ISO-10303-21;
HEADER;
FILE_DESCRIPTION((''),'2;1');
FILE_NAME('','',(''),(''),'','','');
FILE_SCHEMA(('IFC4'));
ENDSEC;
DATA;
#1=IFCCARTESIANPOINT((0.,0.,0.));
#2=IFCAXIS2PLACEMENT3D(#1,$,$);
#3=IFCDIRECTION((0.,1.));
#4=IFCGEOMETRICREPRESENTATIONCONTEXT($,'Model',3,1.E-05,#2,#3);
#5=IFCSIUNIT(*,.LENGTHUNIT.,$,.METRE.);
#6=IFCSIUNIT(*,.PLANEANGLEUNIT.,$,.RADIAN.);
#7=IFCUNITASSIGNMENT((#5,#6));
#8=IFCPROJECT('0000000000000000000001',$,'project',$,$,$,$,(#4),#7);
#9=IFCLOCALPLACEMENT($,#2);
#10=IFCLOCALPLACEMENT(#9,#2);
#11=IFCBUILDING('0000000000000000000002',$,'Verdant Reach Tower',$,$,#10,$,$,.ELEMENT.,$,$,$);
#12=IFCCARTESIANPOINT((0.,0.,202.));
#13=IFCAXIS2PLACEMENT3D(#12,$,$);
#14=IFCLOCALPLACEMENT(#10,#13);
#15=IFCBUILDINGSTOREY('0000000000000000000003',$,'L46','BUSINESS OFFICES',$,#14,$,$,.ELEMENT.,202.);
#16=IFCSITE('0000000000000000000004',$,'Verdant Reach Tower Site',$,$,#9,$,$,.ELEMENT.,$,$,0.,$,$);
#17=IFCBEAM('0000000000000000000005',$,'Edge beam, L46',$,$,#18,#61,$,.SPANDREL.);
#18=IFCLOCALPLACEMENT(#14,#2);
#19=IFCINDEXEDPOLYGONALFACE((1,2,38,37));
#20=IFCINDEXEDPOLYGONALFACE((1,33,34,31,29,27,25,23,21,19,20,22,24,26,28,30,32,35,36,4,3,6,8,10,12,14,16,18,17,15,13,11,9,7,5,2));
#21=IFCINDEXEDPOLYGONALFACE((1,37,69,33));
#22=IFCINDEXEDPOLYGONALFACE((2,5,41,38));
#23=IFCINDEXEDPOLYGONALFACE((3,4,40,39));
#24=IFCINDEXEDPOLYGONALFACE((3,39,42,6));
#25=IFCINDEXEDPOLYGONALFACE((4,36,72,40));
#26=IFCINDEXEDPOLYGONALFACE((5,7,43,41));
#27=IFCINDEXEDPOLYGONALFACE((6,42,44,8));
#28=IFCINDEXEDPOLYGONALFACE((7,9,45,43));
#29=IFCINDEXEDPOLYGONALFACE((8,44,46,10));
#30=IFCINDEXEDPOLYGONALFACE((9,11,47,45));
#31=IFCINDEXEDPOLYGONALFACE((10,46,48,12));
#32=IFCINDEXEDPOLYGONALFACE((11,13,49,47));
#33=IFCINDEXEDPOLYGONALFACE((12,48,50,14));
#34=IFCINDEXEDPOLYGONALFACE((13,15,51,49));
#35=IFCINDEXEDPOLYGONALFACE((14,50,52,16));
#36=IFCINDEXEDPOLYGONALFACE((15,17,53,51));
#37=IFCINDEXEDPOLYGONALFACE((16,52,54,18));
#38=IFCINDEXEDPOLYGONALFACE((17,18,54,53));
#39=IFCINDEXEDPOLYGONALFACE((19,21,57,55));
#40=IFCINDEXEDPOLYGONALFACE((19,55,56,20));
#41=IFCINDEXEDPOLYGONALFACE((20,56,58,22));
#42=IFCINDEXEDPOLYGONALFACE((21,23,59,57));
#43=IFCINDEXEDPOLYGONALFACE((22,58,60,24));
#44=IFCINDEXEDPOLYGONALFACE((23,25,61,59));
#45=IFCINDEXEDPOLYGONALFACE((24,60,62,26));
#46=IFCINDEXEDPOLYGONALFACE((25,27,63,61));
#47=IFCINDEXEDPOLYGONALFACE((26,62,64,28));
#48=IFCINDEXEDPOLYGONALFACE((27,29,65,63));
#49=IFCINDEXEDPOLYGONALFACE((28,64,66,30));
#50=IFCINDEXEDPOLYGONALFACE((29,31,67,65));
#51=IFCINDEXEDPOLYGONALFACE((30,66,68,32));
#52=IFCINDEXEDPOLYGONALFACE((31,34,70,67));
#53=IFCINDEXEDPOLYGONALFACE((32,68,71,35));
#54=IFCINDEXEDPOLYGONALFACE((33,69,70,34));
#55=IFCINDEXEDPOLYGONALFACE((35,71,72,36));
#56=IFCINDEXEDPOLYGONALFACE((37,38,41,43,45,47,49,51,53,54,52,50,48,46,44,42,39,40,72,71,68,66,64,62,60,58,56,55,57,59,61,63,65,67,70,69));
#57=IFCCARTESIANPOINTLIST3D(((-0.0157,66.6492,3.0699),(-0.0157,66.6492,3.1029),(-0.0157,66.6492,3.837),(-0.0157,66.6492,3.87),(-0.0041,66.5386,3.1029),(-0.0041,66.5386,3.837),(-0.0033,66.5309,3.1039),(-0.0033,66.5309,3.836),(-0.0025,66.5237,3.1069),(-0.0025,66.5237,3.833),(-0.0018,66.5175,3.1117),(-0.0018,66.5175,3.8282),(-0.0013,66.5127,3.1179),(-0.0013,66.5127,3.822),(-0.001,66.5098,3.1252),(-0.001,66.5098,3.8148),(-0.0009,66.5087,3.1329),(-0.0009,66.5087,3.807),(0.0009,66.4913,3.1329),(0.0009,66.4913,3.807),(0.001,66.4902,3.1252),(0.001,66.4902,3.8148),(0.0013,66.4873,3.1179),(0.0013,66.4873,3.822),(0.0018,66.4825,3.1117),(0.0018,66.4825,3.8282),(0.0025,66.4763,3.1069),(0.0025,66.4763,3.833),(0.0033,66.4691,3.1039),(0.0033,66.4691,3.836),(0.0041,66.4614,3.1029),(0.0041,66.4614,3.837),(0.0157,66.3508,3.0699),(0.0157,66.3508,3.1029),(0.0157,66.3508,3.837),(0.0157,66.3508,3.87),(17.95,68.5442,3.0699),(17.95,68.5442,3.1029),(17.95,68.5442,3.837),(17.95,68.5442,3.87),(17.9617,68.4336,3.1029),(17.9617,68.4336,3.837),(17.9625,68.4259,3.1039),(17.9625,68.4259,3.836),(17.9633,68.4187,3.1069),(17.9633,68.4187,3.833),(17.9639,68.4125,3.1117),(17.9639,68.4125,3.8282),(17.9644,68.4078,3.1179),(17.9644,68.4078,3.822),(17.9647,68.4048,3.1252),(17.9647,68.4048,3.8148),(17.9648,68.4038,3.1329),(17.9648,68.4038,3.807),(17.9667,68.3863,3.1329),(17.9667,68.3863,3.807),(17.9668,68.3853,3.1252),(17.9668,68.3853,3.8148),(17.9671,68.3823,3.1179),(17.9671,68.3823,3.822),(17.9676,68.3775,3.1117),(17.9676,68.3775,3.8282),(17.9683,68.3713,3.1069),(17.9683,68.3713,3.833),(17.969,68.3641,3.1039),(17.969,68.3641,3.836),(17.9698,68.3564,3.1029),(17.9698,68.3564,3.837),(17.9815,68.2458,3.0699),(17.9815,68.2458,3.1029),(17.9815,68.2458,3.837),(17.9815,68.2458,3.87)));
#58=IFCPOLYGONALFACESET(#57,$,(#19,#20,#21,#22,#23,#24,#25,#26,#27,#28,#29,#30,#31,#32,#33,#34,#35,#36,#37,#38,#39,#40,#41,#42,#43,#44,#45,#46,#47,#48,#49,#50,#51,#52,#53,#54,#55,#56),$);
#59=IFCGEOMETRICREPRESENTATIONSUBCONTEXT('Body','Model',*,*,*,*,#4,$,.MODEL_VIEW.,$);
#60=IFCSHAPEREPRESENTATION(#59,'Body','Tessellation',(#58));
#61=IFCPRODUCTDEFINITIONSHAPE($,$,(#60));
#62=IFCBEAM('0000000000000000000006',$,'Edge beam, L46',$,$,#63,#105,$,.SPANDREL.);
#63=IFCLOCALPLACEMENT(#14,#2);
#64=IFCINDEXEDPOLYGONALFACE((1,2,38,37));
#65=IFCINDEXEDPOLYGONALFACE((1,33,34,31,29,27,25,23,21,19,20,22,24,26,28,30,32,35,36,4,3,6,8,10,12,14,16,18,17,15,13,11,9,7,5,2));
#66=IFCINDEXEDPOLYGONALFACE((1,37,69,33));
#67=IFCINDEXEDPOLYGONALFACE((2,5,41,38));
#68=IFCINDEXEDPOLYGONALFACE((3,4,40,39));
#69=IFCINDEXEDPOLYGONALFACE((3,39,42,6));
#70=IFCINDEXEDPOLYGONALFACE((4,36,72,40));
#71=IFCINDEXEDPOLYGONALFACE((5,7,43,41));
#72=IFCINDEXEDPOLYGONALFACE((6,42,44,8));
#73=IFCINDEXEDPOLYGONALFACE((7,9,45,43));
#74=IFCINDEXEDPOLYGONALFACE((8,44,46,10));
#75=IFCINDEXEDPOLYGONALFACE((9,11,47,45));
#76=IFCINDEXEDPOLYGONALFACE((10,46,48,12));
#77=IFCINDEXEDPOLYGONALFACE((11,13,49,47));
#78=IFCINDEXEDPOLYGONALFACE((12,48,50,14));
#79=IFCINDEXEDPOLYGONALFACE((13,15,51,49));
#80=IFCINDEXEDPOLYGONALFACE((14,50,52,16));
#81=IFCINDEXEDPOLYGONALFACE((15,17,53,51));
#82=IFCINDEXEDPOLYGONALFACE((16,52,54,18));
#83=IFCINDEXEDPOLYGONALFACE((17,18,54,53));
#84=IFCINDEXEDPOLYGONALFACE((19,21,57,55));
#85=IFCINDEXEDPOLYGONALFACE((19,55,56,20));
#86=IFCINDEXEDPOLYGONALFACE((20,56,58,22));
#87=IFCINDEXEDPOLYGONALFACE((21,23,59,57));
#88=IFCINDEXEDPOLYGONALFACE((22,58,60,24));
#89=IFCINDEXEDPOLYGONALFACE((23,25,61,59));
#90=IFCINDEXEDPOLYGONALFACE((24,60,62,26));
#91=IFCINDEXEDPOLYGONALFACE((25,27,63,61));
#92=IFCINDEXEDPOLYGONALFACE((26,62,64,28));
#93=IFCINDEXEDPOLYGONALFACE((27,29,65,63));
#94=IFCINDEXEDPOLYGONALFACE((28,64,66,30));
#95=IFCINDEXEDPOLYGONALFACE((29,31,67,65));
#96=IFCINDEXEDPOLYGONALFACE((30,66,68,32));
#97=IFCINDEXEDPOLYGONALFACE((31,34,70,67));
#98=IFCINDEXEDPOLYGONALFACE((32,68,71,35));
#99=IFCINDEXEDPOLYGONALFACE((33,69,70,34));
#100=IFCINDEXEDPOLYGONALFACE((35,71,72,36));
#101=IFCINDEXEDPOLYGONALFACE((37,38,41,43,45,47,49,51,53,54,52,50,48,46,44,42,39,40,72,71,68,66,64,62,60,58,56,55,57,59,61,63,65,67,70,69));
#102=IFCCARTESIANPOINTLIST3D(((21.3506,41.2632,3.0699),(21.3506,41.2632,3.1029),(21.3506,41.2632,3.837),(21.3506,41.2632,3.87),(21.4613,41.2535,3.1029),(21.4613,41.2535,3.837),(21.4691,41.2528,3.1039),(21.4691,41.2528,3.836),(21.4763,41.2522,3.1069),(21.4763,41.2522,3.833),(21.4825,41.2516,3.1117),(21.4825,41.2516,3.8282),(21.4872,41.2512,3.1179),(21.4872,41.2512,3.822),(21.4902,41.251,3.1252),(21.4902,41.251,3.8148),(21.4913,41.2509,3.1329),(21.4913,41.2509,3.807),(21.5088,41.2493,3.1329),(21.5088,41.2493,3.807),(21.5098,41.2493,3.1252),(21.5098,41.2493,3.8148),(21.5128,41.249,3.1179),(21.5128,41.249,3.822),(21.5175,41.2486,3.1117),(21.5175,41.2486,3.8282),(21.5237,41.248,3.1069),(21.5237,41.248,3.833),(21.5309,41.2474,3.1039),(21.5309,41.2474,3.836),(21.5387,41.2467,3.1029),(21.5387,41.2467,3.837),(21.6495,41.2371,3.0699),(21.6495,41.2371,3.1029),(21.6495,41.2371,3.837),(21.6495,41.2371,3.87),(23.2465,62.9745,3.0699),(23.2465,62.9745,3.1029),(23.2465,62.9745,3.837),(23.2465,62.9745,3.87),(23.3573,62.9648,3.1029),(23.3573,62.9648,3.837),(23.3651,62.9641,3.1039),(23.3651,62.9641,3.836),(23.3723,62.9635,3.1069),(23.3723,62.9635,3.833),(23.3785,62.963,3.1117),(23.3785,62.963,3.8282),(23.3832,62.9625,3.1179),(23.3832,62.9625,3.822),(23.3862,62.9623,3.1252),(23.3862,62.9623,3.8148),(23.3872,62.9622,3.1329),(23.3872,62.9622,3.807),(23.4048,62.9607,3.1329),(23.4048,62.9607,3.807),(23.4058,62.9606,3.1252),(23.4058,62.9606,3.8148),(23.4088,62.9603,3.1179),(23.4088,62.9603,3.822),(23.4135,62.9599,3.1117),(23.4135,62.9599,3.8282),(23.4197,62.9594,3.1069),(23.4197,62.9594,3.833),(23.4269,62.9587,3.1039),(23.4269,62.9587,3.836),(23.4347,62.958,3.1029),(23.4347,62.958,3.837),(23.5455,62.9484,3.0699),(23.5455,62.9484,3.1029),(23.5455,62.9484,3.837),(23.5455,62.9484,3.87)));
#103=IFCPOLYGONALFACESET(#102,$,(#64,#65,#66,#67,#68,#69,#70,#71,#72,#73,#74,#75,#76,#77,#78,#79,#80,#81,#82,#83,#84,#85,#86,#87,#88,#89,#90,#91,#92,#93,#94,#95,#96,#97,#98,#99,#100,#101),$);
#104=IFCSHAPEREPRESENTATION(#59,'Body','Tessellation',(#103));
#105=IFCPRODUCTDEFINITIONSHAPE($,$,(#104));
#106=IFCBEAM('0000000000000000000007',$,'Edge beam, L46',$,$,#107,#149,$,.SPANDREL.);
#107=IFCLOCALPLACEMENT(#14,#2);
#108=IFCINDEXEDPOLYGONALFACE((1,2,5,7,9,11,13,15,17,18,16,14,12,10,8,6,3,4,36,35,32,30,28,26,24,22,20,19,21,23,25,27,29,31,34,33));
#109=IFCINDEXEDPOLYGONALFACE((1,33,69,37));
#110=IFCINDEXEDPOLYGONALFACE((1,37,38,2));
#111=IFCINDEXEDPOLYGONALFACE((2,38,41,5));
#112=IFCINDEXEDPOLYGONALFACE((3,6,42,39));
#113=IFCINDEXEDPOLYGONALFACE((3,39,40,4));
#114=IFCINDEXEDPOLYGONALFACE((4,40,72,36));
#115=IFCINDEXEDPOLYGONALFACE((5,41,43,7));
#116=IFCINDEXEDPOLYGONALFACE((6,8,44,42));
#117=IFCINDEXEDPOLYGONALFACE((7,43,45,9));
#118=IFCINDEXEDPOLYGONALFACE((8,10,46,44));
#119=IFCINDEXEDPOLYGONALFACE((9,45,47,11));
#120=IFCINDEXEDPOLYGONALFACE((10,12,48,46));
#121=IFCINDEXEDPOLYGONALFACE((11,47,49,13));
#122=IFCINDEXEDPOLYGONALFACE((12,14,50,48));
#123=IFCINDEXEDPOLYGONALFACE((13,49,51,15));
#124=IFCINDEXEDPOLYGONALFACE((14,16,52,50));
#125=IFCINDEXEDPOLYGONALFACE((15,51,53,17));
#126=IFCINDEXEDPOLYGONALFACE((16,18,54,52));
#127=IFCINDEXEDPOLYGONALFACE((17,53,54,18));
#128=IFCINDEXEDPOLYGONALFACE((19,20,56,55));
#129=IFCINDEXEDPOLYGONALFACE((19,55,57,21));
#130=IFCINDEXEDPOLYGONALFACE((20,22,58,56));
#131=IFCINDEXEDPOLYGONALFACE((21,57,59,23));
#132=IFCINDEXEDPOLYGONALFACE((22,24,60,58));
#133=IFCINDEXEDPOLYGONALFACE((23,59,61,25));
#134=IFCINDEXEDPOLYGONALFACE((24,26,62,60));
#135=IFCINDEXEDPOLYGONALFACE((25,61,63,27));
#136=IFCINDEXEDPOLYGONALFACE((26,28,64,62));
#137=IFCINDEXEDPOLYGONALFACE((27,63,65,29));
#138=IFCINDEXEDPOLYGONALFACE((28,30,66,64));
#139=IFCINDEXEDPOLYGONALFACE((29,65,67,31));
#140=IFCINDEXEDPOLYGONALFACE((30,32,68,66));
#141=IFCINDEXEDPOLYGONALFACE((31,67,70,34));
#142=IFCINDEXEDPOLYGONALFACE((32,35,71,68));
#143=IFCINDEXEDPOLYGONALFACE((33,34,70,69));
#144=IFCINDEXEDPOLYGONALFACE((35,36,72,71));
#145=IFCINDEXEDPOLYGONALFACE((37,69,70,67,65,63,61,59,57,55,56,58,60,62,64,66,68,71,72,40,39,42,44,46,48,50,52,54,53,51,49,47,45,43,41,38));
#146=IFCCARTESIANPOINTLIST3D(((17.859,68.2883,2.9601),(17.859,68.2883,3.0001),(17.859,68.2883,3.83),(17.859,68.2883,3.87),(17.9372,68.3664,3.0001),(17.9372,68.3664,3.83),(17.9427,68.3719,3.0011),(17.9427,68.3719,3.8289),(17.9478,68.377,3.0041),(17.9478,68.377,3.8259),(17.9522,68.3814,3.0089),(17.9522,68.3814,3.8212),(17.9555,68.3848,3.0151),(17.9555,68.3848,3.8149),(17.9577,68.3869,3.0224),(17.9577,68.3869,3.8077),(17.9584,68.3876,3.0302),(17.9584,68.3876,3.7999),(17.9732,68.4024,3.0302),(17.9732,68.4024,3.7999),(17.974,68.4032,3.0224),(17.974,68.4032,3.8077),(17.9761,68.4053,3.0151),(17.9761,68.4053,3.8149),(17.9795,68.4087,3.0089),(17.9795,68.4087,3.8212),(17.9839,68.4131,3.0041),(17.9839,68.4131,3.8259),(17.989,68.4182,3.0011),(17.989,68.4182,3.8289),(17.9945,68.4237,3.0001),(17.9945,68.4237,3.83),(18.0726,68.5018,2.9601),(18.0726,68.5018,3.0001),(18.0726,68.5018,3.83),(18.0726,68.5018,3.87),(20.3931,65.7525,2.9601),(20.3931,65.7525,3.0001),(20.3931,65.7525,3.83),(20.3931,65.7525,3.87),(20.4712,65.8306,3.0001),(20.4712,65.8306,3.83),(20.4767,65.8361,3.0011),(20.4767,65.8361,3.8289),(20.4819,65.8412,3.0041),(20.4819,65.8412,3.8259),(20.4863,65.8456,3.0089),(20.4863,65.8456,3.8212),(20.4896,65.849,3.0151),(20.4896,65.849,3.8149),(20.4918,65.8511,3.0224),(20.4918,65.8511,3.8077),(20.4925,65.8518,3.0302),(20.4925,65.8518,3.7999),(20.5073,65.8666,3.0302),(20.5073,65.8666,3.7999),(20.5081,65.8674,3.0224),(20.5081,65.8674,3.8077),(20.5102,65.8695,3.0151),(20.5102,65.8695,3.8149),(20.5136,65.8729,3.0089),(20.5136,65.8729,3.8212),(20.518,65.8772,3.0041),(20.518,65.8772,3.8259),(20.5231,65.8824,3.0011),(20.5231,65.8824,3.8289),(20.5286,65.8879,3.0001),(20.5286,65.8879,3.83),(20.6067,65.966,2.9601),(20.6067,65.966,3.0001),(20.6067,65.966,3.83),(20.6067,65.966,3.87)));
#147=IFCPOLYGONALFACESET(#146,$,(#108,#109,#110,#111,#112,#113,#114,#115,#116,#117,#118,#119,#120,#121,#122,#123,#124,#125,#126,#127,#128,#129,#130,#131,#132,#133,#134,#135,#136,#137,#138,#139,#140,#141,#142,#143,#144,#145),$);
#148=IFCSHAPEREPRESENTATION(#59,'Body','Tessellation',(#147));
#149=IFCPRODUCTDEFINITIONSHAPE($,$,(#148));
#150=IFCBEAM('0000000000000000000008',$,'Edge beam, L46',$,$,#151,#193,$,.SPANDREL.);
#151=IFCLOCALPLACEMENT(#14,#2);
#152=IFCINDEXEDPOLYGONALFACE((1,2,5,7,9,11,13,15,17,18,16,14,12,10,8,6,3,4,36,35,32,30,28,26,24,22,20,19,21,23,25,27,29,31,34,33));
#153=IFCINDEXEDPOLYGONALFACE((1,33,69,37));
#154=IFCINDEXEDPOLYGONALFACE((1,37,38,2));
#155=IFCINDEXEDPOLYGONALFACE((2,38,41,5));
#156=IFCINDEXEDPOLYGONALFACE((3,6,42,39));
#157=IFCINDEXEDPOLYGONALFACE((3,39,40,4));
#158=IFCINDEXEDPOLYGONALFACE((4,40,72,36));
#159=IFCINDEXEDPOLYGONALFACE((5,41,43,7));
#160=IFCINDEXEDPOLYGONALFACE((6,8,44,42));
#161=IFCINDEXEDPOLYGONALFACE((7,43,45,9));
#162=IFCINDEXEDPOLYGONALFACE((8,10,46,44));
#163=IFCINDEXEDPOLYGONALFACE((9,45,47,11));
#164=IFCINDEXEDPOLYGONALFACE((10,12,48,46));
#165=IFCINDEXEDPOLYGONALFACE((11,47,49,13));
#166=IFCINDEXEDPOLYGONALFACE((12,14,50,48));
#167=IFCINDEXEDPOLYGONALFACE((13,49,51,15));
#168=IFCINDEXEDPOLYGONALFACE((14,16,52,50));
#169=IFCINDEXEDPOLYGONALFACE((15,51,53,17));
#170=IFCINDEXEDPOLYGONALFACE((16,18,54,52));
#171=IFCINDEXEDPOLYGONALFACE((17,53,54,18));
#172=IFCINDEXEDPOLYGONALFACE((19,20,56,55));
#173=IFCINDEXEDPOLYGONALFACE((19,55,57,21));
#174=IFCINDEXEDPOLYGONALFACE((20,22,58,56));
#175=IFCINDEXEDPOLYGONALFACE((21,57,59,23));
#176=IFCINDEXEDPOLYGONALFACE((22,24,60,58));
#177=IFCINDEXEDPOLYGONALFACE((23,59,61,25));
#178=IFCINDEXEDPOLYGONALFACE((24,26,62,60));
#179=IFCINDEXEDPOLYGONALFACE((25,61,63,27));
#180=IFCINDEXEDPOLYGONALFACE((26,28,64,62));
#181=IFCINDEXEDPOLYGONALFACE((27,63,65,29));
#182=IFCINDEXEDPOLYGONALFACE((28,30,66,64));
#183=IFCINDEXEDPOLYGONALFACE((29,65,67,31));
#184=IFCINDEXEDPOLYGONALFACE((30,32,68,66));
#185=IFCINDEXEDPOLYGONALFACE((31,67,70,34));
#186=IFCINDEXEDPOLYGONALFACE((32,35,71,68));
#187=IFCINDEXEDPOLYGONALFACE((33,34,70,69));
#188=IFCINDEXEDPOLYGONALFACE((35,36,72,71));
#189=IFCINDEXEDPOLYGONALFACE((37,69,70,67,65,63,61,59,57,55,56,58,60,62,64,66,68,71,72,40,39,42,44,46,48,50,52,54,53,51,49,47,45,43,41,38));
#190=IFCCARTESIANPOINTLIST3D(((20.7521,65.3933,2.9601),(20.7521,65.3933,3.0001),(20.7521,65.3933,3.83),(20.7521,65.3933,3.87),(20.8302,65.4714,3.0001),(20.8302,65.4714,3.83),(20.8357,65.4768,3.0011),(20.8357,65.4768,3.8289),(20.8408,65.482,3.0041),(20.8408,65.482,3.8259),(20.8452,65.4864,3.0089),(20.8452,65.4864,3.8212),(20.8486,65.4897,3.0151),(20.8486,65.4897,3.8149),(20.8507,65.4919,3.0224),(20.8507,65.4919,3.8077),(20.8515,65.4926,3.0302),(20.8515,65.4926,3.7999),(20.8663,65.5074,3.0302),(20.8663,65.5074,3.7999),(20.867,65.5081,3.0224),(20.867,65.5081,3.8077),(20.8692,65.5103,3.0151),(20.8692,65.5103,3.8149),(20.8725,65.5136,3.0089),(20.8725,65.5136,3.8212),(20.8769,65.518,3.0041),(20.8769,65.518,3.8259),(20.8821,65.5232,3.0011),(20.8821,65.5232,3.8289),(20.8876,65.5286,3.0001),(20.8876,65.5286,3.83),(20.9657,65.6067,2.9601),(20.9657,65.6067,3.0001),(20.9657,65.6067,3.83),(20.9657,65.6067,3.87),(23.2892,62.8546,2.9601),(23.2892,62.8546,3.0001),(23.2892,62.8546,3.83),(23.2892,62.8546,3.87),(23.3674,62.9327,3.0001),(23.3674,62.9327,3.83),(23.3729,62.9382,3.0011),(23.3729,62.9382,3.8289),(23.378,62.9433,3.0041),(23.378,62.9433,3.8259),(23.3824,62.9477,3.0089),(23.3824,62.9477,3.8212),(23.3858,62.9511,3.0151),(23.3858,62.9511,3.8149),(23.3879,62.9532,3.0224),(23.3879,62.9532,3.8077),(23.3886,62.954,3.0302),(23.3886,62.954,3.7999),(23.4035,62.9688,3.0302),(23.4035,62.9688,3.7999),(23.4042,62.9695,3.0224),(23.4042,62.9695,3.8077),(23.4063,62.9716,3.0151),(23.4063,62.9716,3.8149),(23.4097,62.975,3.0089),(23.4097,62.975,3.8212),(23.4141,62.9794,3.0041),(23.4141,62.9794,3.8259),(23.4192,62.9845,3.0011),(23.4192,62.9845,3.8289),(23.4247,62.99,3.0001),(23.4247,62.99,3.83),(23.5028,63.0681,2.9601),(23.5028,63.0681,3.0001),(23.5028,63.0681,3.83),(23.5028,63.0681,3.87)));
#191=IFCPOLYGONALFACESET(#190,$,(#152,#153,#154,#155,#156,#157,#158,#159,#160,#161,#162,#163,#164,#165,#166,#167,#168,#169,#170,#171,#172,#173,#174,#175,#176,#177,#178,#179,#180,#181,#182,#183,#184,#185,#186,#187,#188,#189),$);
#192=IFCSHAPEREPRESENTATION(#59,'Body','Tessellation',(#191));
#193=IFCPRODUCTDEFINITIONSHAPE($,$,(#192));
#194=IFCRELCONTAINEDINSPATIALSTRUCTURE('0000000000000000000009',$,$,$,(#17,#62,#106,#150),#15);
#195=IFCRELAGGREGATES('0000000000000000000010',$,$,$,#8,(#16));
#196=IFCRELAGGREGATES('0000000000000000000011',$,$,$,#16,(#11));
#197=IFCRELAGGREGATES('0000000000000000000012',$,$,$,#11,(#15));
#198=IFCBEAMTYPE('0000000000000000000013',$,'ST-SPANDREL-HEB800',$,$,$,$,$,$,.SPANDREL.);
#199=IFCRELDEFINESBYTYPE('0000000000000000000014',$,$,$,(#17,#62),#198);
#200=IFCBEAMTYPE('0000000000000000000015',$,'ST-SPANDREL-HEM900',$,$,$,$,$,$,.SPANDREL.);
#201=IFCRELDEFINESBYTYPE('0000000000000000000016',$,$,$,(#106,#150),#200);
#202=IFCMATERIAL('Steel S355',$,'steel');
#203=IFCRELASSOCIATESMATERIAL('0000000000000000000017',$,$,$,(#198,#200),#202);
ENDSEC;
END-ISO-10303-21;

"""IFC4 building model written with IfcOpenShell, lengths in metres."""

from ifc_helpers import new_model, si_unit, direction, frame, origin, origin_2d, place, context, subcontext, project, spatial, i_section, extrude, material, material_profile, profile_set, type_object, element, save


model = new_model("IFC4")

# Units and contexts
model_context = context("Model", 3, precision=1e-05, world=origin(), true_north=direction((0.0, 1.0)))
body_context = subcontext(model_context, "Body", "Model", "MODEL_VIEW")
ifc_project = project(units=[si_unit("LENGTHUNIT", "METRE"), si_unit("PLANEANGLEUNIT", "RADIAN")], contexts=[model_context])

# Site, building, storey
site_placement = place(None, origin())
site = spatial("IfcSite", under=ifc_project, at=site_placement, Name="Verdant Reach Tower Site", CompositionType="ELEMENT", RefElevation=0.0)
building_placement = place(site_placement, origin())
building = spatial("IfcBuilding", under=site, at=building_placement, Name="Verdant Reach Tower", CompositionType="ELEMENT")
storey_placement = place(building_placement, frame((0.0, 0.0, 202.0)))
storey = spatial("IfcBuildingStorey", under=building, at=storey_placement, Name="L46", Description="BUSINESS OFFICES", CompositionType="ELEMENT", Elevation=202.0)

# Beams
ifc_material_1 = material(Name="Steel S355", Category="steel")
ifc_material_profile_1 = material_profile(ifc_material_1, i_section(OverallWidth=0.3, OverallDepth=0.8, WebThickness=0.0176, FlangeThickness=0.033, FilletRadius=0.03, at=origin_2d()), Name="HEB 800")
ifc_profile_set_1 = profile_set([ifc_material_profile_1], Name="Steel S355")
beam_type_1 = type_object("IfcBeamType", Name="ST-SPANDREL-HEB800", PredefinedType="SPANDREL", material=ifc_profile_set_1)
beam_1_placement = place(storey_placement, frame((0.0, 66.5, 3.47), z_axis=(0.994483, 0.104897, 0.0), x_axis=(-0.104897, 0.994483, 0.0)))
element("IfcBeam", 1, at=beam_1_placement, inside=storey, type_object=beam_type_1, Name="Edge beam, L46", PredefinedType="SPANDREL", context=body_context, shape_type="SweptSolid", body=[
    extrude(i_section(OverallWidth=0.3, OverallDepth=0.8, WebThickness=0.0176, FlangeThickness=0.033, FilletRadius=0.03, at=origin_2d()), origin(), (0.0, 0.0, 1.0), 18.0654),
])
beam_2_placement = place(storey_placement, frame((23.396, 62.9614, 3.47), z_axis=(-0.086996, -0.996209, 0.0), x_axis=(0.996209, -0.086996, 0.0)))
element("IfcBeam", 2, at=beam_2_placement, inside=storey, type_object=beam_type_1, Name="Edge beam, L46", PredefinedType="SPANDREL", context=body_context, shape_type="SweptSolid", body=[
    extrude(i_section(OverallWidth=0.3, OverallDepth=0.8, WebThickness=0.0176, FlangeThickness=0.033, FilletRadius=0.03, at=origin_2d()), origin(), (0.0, 0.0, 1.0), 21.7939),
])
ifc_material_profile_2 = material_profile(ifc_material_1, i_section(OverallWidth=0.302, OverallDepth=0.9099, WebThickness=0.021, FlangeThickness=0.04, FilletRadius=0.03, at=origin_2d()), Name="HEM 900")
ifc_profile_set_2 = profile_set([ifc_material_profile_2], Name="Steel S355")
beam_type_2 = type_object("IfcBeamType", Name="ST-SPANDREL-HEM900", PredefinedType="SPANDREL", material=ifc_profile_set_2)
beam_3_placement = place(storey_placement, frame((17.9658, 68.395, 3.415), z_axis=(0.706868, -0.707345, 0.0), x_axis=(0.707345, 0.706868, 0.0)))
element("IfcBeam", 3, at=beam_3_placement, inside=storey, type_object=beam_type_2, Name="Edge beam, L46", PredefinedType="SPANDREL", context=body_context, shape_type="SweptSolid", body=[
    extrude(i_section(OverallWidth=0.302, OverallDepth=0.9099, WebThickness=0.021, FlangeThickness=0.04, FilletRadius=0.03, at=origin_2d()), origin(), (0.0, 0.0, 1.0), 3.585),
])
beam_4_placement = place(storey_placement, frame((20.8589, 65.5, 3.415), z_axis=(0.706903, -0.707311, 0.0), x_axis=(0.707311, 0.706903, 0.0)))
element("IfcBeam", 4, at=beam_4_placement, inside=storey, type_object=beam_type_2, Name="Edge beam, L46", PredefinedType="SPANDREL", context=body_context, shape_type="SweptSolid", body=[
    extrude(i_section(OverallWidth=0.302, OverallDepth=0.9099, WebThickness=0.021, FlangeThickness=0.04, FilletRadius=0.03, at=origin_2d()), origin(), (0.0, 0.0, 1.0), 3.5891),
])

save(model, "model.ifc")
